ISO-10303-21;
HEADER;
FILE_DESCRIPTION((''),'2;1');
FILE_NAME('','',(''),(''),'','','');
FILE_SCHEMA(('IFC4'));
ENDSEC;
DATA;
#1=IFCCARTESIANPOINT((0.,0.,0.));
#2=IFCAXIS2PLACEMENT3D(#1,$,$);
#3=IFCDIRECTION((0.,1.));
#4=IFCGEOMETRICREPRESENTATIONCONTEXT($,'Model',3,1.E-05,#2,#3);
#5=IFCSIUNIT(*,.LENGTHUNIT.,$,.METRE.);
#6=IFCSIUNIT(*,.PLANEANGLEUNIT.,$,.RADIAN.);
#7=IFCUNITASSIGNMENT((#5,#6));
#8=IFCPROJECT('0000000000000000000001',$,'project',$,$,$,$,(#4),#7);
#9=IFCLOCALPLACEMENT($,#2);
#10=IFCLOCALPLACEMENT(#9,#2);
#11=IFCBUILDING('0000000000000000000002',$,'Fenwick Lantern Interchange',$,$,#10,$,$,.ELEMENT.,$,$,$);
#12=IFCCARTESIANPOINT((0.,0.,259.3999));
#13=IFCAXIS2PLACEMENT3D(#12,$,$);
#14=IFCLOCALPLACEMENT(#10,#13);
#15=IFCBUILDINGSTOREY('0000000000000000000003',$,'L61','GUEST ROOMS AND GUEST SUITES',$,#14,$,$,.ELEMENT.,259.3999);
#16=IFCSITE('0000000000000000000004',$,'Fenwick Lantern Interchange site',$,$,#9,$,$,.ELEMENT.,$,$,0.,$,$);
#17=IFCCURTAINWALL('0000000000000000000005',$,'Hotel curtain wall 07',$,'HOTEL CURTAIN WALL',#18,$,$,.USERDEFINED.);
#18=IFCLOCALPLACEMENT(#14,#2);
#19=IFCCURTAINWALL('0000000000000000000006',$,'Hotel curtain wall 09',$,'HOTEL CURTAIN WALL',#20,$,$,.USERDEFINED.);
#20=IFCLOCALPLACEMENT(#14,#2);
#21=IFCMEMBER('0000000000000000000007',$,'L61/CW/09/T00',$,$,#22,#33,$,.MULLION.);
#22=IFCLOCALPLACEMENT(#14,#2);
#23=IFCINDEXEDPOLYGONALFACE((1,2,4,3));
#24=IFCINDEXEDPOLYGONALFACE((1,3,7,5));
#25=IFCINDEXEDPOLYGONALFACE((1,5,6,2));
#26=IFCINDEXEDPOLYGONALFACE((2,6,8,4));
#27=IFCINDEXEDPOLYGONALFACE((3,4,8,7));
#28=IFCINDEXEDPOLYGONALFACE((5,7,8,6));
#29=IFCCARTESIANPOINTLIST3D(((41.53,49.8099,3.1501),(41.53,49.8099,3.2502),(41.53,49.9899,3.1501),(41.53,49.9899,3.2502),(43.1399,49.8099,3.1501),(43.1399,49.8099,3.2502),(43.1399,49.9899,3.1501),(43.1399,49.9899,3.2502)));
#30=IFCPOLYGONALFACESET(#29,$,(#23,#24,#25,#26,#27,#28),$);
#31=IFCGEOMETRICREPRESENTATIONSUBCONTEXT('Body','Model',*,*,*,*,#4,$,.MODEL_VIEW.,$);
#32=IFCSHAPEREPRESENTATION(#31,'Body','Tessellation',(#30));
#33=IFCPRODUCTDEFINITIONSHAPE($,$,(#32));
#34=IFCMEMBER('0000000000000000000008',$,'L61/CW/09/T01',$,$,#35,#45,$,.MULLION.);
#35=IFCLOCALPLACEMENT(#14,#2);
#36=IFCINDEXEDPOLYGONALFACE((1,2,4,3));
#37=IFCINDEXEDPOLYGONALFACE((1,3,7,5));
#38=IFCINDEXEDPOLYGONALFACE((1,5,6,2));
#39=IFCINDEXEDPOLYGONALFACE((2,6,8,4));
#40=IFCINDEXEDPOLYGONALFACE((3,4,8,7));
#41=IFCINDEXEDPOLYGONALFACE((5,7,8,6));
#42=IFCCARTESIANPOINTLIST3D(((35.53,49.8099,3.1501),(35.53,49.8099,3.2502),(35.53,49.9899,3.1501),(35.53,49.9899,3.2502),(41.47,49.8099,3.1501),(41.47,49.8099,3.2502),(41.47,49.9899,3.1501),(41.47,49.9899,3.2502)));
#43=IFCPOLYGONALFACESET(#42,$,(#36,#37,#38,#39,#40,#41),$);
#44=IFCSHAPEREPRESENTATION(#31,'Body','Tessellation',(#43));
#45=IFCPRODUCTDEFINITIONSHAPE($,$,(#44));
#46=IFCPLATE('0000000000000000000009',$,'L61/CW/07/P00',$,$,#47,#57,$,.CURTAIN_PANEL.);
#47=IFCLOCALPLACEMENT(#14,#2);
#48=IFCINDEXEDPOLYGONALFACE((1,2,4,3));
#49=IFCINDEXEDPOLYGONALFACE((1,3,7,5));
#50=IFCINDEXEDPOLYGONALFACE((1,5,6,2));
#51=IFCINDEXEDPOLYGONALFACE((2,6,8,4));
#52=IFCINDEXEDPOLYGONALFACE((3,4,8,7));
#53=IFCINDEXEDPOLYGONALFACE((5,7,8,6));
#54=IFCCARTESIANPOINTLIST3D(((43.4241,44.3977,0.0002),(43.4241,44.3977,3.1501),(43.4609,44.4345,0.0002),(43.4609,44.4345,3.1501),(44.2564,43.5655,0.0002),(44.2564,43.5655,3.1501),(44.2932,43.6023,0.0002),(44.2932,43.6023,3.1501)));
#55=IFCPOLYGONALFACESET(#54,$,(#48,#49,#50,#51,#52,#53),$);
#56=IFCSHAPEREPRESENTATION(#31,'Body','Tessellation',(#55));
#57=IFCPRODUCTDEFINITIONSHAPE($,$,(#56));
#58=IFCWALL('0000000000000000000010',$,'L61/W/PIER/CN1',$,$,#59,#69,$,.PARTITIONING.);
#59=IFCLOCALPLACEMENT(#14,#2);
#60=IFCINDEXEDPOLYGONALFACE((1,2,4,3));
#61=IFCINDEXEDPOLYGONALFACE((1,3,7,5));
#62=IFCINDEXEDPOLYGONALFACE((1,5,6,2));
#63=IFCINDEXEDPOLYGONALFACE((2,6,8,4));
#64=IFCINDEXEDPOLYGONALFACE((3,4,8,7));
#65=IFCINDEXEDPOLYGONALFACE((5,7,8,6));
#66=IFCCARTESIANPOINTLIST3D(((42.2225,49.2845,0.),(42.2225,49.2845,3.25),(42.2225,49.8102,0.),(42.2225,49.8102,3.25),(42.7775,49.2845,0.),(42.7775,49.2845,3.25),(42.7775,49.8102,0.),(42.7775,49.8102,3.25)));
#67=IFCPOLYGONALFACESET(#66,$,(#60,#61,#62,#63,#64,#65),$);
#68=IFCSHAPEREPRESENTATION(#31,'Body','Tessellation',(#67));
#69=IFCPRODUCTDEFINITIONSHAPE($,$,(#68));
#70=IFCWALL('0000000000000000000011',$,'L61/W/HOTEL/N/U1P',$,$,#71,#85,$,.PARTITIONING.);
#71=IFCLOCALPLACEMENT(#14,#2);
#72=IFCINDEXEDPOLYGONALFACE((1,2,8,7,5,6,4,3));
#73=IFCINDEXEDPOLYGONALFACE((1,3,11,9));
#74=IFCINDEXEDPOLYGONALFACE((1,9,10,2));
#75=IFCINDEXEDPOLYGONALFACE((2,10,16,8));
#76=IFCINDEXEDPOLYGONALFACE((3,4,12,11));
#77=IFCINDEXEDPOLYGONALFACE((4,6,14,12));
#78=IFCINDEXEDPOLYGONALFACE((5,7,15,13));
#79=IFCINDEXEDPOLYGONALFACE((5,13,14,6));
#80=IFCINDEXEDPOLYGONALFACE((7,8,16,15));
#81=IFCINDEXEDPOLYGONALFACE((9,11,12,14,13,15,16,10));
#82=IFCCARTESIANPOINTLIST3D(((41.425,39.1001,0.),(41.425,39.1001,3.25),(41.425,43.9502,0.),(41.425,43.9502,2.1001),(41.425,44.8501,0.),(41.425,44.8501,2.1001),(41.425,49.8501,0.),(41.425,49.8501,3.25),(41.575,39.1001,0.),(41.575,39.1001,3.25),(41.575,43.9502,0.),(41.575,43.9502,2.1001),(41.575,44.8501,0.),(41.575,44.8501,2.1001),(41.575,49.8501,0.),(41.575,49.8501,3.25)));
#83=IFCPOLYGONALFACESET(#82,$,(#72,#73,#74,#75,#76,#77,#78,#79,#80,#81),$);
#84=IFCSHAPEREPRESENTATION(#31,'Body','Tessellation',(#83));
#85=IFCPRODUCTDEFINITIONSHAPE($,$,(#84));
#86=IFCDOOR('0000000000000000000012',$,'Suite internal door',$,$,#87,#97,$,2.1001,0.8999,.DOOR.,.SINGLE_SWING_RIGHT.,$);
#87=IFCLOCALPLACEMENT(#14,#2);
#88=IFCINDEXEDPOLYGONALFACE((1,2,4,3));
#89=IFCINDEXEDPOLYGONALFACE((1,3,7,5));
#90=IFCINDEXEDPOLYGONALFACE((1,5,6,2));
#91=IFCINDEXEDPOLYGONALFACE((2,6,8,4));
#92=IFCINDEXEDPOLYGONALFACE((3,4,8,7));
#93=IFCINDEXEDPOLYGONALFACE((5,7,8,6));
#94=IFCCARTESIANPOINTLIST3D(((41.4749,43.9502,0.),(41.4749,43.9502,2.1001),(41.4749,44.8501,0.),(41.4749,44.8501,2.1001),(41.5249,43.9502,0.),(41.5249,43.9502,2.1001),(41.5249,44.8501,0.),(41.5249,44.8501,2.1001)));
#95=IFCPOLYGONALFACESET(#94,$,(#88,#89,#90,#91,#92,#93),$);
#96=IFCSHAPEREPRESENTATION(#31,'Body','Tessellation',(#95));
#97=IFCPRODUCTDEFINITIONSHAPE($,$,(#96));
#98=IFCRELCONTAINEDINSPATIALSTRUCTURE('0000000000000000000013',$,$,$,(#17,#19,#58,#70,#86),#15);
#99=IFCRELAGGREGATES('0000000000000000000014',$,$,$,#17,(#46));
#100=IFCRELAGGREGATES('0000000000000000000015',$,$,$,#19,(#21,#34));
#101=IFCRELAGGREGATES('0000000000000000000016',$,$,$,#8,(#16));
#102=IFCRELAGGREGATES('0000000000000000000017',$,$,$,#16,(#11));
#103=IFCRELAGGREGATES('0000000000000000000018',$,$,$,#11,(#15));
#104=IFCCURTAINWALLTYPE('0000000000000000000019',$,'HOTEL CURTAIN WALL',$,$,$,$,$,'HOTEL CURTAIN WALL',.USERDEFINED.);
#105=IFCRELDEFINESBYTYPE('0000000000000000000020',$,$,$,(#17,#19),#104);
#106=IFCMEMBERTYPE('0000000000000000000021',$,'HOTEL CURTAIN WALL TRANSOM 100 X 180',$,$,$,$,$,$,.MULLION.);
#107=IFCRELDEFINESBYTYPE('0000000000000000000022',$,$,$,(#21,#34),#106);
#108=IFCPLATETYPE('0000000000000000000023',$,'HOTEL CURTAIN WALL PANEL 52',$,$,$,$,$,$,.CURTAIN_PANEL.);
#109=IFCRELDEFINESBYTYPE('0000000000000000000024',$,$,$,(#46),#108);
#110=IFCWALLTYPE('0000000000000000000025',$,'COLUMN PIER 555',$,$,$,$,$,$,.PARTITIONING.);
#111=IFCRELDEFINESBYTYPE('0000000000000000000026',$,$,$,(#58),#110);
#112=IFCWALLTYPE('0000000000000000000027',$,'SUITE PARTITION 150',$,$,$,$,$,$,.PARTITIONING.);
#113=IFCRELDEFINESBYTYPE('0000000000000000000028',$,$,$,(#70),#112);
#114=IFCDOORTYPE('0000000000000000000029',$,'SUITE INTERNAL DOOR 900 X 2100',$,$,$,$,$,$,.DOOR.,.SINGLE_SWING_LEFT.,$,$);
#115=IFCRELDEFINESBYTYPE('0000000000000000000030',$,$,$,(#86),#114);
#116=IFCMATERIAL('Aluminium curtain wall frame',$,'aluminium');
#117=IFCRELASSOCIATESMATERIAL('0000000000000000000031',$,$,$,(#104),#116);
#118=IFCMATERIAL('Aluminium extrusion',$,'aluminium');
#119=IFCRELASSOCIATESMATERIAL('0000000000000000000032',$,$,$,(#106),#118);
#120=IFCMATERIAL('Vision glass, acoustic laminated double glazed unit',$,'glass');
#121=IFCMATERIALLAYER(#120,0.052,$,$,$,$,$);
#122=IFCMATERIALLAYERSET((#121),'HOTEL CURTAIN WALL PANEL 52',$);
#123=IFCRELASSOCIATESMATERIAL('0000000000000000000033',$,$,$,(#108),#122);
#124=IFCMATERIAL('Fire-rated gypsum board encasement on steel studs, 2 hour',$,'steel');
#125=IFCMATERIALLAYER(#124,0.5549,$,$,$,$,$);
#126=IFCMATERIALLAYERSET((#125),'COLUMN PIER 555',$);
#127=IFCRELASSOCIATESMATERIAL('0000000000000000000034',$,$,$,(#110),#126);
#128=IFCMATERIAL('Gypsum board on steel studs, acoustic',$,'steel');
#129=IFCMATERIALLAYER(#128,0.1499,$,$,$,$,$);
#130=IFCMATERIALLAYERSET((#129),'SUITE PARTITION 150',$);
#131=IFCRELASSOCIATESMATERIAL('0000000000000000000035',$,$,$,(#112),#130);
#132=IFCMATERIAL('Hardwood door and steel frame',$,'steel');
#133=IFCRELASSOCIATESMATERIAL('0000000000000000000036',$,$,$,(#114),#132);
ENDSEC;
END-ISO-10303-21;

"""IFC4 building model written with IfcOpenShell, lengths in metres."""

from ifc_helpers import new_model, si_unit, direction, frame, frame_2d, origin, origin_2d, place, context, subcontext, project, spatial, rectangle, extrude, material, layer, layer_set, material_profile, profile_set, type_object, element, fill, aggregate, save


model = new_model("IFC4")

# Units and contexts
model_context = context("Model", 3, precision=1e-05, world=origin(), true_north=direction((0.0, 1.0)))
body_context = subcontext(model_context, "Body", "Model", "MODEL_VIEW")
ifc_project = project(units=[si_unit("LENGTHUNIT", "METRE"), si_unit("PLANEANGLEUNIT", "RADIAN")], contexts=[model_context])

# Site, building, storey
site_placement = place(None, origin())
site = spatial("IfcSite", under=ifc_project, at=site_placement, Name="Fenwick Lantern Interchange site", CompositionType="ELEMENT", RefElevation=0.0)
building_placement = place(site_placement, origin())
building = spatial("IfcBuilding", under=site, at=building_placement, Name="Fenwick Lantern Interchange", CompositionType="ELEMENT")
storey_placement = place(building_placement, frame((0.0, 0.0, 259.3999)))
storey = spatial("IfcBuildingStorey", under=building, at=storey_placement, Name="L61", Description="GUEST ROOMS AND GUEST SUITES", CompositionType="ELEMENT", Elevation=259.3999)

# Shared definitions
ifc_material_1 = material(Name="Aluminium curtain wall frame", Category="aluminium")
curtain_wall_type = type_object("IfcCurtainWallType", Name="HOTEL CURTAIN WALL", ElementType="HOTEL CURTAIN WALL", PredefinedType="USERDEFINED", material=ifc_material_1)
ifc_material_2 = material(Name="Aluminium extrusion", Category="aluminium")

# Curtain walls
curtain_wall_1_placement = place(storey_placement, origin())
curtain_wall_1 = element("IfcCurtainWall", 1, at=curtain_wall_1_placement, inside=storey, type_object=curtain_wall_type, Name="Hotel curtain wall 07", ObjectType="HOTEL CURTAIN WALL", PredefinedType="USERDEFINED")
curtain_wall_2_placement = place(storey_placement, origin())
curtain_wall_2 = element("IfcCurtainWall", 2, at=curtain_wall_2_placement, inside=storey, type_object=curtain_wall_type, Name="Hotel curtain wall 09", ObjectType="HOTEL CURTAIN WALL", PredefinedType="USERDEFINED")

# Members
ifc_material_profile_1 = material_profile(ifc_material_2, rectangle(XDim=0.1799, YDim=0.1001, at=origin_2d()), Name="HOTEL CURTAIN WALL TRANSOM 100 X 180")
ifc_profile_set_1 = profile_set([ifc_material_profile_1], Name="Aluminium extrusion")
member_type_1 = type_object("IfcMemberType", Name="HOTEL CURTAIN WALL TRANSOM 100 X 180", PredefinedType="MULLION", material=ifc_profile_set_1)
member_1_placement = place(storey_placement, frame((43.1399, 49.8999, 3.2002), z_axis=(-1.0, 0.0, 0.0), x_axis=(0.0, -1.0, 0.0)))
member_1 = element("IfcMember", 3, at=member_1_placement, type_object=member_type_1, Name="L61/CW/09/T00", PredefinedType="MULLION", context=body_context, shape_type="SweptSolid", body=[
    extrude(rectangle(XDim=0.1799, YDim=0.1001, at=origin_2d()), origin(), (0.0, 0.0, 1.0), 1.6099),
])
member_2_placement = place(storey_placement, frame((41.47, 49.8999, 3.2002), z_axis=(-1.0, 0.0, 0.0), x_axis=(0.0, -1.0, 0.0)))
member_2 = element("IfcMember", 4, at=member_2_placement, type_object=member_type_1, Name="L61/CW/09/T01", PredefinedType="MULLION", context=body_context, shape_type="SweptSolid", body=[
    extrude(rectangle(XDim=0.1799, YDim=0.1001, at=origin_2d()), origin(), (0.0, 0.0, 1.0), 5.9399),
])

# Plate
ifc_material_3 = material(Name="Vision glass, acoustic laminated double glazed unit", Category="glass")
ifc_layer_1 = layer(ifc_material_3, 0.052)
ifc_layer_set_1 = layer_set([ifc_layer_1], Name="HOTEL CURTAIN WALL PANEL 52")
plate_type = type_object("IfcPlateType", Name="HOTEL CURTAIN WALL PANEL 52", PredefinedType="CURTAIN_PANEL", material=ifc_layer_set_1)
plate_1_placement = place(storey_placement, frame((43.8586, 44.0, 0.0002), z_axis=(0.0, 0.0, 1.0), x_axis=(-0.707107, 0.707107, 0.0)))
plate_1 = element("IfcPlate", 5, at=plate_1_placement, type_object=plate_type, Name="L61/CW/07/P00", PredefinedType="CURTAIN_PANEL", context=body_context, shape_type="SweptSolid", body=[
    extrude(rectangle(XDim=1.177, YDim=0.052, at=origin_2d()), origin(), (0.0, 0.0, 1.0), 3.1499),
])
aggregate(curtain_wall_1, [plate_1])
aggregate(curtain_wall_2, [member_1, member_2])

# Wall
ifc_material_4 = material(Name="Fire-rated gypsum board encasement on steel studs, 2 hour", Category="steel")
ifc_layer_2 = layer(ifc_material_4, 0.5549)
ifc_layer_set_2 = layer_set([ifc_layer_2], Name="COLUMN PIER 555")
wall_type_1 = type_object("IfcWallType", Name="COLUMN PIER 555", PredefinedType="PARTITIONING", material=ifc_layer_set_2)
wall_1_placement = place(storey_placement, frame((42.5, 49.8101, 0.0), z_axis=(0.0, 0.0, 1.0), x_axis=(0.0, -1.0, 0.0)))
element("IfcWall", 6, at=wall_1_placement, inside=storey, type_object=wall_type_1, Name="L61/W/PIER/CN1", PredefinedType="PARTITIONING", context=body_context, shape_type="SweptSolid", body=[
    extrude(rectangle(XDim=0.5256, YDim=0.5549, at=frame_2d((0.2627, 0.0))), origin(), (0.0, 0.0, 1.0), 3.25),
])

# Wall, opening, door
ifc_material_5 = material(Name="Gypsum board on steel studs, acoustic", Category="steel")
ifc_layer_3 = layer(ifc_material_5, 0.1499)
ifc_layer_set_3 = layer_set([ifc_layer_3], Name="SUITE PARTITION 150")
wall_type_2 = type_object("IfcWallType", Name="SUITE PARTITION 150", PredefinedType="PARTITIONING", material=ifc_layer_set_3)
wall_2_placement = place(storey_placement, frame((41.5, 49.8501, 0.0), z_axis=(0.0, 0.0, 1.0), x_axis=(0.0, -1.0, 0.0)))
wall_2 = element("IfcWall", 7, at=wall_2_placement, inside=storey, type_object=wall_type_2, Name="L61/W/HOTEL/N/U1P", PredefinedType="PARTITIONING", context=body_context, shape_type="SweptSolid", body=[
    extrude(rectangle(XDim=10.75, YDim=0.1499, at=frame_2d((5.375, 0.0))), origin(), (0.0, 0.0, 1.0), 3.25),
])
opening_placement = place(wall_2_placement, frame((5.0, 0.0, 0.0)))
opening = element("IfcOpeningElement", 8, at=opening_placement, cuts=wall_2, PredefinedType="OPENING", context=body_context, shape_type="SweptSolid", body=[
    extrude(rectangle(XDim=0.8999, YDim=2.1001, at=frame_2d((0.45, 1.05))), frame((0.0, 0.085, 0.0), z_axis=(0.0, -1.0, 0.0), x_axis=(1.0, 0.0, 0.0)), (0.0, 0.0, 1.0), 0.1699),
])
ifc_material_6 = material(Name="Hardwood door and steel frame", Category="steel")
door_type = type_object("IfcDoorType", Name="SUITE INTERNAL DOOR 900 X 2100", OperationType="SINGLE_SWING_LEFT", PredefinedType="DOOR", material=ifc_material_6)
door_placement = place(opening_placement, origin())
door = element("IfcDoor", 9, at=door_placement, inside=storey, type_object=door_type, Name="Suite internal door", OperationType="SINGLE_SWING_RIGHT", OverallHeight=2.1001, OverallWidth=0.8999, PredefinedType="DOOR", context=body_context, shape_type="SweptSolid", body=[
    extrude(rectangle(XDim=0.8999, YDim=2.1001, at=frame_2d((0.45, 1.05))), frame((0.0, 0.0249, 0.0), z_axis=(0.0, -1.0, 0.0), x_axis=(1.0, 0.0, 0.0)), (0.0, 0.0, 1.0), 0.05),
])
fill(opening, door)

save(model, "model.ifc")
